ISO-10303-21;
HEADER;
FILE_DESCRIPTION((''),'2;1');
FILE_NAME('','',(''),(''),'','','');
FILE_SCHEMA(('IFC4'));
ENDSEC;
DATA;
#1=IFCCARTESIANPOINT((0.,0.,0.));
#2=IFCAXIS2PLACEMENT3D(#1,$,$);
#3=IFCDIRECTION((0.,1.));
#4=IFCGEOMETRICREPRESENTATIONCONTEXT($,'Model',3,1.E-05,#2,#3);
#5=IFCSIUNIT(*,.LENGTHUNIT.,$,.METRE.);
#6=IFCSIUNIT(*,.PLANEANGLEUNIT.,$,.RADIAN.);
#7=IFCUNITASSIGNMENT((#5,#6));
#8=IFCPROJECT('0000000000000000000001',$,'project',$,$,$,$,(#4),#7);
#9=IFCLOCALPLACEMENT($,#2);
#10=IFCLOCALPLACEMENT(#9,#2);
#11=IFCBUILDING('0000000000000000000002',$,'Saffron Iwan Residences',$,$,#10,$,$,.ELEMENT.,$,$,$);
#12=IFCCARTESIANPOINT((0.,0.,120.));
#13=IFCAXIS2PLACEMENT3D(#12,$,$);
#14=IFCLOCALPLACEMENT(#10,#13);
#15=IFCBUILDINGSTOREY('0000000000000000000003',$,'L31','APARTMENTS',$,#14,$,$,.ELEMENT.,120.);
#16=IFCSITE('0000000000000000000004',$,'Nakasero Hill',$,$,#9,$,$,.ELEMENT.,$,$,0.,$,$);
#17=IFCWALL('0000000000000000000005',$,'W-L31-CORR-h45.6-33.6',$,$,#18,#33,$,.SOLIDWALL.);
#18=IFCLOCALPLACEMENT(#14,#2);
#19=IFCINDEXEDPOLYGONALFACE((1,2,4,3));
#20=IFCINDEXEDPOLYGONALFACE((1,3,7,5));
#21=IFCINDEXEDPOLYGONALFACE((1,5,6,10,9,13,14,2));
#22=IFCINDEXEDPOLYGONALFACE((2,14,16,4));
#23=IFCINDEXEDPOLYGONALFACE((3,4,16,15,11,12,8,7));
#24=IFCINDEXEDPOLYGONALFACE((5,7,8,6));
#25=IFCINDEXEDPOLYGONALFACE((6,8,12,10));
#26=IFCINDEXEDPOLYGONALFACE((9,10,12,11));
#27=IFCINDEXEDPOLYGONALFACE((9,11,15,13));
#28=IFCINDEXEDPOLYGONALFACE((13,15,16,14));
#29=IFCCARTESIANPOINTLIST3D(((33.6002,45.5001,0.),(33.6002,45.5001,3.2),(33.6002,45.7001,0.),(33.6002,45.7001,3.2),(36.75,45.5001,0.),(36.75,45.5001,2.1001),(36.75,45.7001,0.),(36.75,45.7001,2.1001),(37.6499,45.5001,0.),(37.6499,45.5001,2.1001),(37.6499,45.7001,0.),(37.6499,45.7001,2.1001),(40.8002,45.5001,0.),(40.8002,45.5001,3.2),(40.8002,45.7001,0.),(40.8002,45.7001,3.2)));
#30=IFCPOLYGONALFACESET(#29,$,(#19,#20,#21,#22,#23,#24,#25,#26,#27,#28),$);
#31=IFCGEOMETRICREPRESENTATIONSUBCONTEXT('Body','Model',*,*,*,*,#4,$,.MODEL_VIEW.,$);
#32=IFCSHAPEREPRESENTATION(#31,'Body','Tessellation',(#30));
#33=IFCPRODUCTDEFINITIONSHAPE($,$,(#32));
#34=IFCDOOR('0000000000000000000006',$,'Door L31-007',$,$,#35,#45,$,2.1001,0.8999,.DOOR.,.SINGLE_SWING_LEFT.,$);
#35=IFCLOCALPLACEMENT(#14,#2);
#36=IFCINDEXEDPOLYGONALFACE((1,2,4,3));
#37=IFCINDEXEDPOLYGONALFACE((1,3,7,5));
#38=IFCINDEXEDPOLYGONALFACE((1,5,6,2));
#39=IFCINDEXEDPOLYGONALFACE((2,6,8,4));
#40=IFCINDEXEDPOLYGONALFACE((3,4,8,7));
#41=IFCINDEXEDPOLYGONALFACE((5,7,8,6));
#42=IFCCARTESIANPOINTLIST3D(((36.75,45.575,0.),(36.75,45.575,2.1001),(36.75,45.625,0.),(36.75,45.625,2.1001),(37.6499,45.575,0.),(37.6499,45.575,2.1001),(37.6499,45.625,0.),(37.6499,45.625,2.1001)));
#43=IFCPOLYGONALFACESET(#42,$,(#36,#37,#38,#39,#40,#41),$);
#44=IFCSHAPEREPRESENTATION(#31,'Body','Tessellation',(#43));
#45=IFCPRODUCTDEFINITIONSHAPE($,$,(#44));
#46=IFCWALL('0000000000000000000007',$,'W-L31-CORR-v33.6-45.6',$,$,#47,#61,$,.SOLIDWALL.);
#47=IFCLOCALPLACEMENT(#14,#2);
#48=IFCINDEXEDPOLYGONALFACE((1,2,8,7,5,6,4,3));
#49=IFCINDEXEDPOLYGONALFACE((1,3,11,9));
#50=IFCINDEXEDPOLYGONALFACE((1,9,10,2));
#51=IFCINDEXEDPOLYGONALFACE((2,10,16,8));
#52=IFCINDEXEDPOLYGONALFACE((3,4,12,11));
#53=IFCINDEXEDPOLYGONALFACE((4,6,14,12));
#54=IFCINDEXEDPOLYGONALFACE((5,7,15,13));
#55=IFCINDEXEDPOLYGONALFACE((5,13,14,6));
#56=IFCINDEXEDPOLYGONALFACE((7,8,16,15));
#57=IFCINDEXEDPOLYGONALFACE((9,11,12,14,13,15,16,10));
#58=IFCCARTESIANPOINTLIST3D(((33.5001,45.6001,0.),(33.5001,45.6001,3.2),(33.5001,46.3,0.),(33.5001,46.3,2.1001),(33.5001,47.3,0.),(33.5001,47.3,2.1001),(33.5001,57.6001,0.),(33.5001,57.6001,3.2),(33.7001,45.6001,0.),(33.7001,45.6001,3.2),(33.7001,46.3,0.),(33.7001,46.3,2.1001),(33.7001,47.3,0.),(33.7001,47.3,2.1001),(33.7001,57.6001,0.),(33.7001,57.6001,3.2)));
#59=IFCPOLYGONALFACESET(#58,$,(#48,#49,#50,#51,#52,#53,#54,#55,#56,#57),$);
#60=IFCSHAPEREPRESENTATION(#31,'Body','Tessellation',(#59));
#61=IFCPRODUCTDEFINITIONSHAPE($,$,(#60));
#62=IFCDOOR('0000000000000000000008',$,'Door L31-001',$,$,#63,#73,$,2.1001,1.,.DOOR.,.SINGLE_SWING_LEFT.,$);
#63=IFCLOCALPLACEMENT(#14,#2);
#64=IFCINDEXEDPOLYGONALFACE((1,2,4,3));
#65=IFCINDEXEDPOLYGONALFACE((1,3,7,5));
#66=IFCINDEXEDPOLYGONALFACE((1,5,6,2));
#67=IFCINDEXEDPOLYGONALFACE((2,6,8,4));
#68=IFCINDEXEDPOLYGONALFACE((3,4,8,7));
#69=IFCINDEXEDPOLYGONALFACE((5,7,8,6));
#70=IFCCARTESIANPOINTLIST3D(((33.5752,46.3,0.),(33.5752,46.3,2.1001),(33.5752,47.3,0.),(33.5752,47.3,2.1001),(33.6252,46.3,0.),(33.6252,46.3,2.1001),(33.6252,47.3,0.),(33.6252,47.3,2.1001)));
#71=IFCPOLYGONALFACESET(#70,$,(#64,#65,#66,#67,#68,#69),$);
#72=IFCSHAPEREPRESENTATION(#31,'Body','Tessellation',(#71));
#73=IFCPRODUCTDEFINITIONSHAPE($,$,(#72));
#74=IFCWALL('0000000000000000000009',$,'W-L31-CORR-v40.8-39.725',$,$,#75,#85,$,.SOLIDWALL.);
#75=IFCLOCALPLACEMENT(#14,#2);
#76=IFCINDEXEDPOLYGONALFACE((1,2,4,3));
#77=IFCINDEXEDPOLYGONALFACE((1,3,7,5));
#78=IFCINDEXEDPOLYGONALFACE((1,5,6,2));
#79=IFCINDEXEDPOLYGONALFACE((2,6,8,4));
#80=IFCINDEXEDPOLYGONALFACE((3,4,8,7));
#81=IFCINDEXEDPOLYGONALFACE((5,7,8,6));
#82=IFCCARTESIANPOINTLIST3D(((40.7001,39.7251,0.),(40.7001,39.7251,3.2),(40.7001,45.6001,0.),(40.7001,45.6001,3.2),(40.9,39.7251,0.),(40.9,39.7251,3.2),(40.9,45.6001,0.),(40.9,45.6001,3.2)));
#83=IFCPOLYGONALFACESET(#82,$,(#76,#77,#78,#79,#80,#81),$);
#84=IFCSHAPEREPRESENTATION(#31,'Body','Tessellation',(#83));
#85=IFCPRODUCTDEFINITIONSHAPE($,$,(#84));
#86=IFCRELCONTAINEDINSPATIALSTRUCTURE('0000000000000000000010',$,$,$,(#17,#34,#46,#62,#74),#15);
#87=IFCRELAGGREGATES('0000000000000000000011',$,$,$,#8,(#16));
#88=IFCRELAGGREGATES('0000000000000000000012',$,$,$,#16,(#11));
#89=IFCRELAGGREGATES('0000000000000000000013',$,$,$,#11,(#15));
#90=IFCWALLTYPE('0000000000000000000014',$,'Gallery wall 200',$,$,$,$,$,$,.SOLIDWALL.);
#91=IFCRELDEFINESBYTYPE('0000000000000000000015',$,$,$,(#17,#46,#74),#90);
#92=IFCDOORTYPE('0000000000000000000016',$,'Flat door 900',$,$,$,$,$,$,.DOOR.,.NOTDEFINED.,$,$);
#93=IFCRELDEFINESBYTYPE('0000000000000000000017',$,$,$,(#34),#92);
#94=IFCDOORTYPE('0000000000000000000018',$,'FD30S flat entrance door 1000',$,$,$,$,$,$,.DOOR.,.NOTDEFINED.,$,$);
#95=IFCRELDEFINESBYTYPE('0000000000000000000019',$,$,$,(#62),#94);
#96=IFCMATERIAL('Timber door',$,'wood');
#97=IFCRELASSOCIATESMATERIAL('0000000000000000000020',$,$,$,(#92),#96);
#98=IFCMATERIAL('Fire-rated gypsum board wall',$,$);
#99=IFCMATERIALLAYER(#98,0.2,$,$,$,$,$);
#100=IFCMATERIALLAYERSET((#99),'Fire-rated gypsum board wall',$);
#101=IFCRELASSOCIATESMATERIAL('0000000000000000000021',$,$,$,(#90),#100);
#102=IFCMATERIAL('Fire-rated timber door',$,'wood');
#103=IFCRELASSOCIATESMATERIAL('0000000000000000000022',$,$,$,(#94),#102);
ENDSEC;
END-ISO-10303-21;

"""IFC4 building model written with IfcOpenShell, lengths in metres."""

from ifc_helpers import new_model, si_unit, direction, frame, frame_2d, origin, place, context, subcontext, project, spatial, rectangle, extrude, material, layer, layer_set, type_object, element, fill, save


model = new_model("IFC4")

# Units and contexts
model_context = context("Model", 3, precision=1e-05, world=origin(), true_north=direction((0.0, 1.0)))
body_context = subcontext(model_context, "Body", "Model", "MODEL_VIEW")
ifc_project = project(units=[si_unit("LENGTHUNIT", "METRE"), si_unit("PLANEANGLEUNIT", "RADIAN")], contexts=[model_context])

# Site, building, storey
site_placement = place(None, origin())
site = spatial("IfcSite", under=ifc_project, at=site_placement, Name="Nakasero Hill", CompositionType="ELEMENT", RefElevation=0.0)
building_placement = place(site_placement, origin())
building = spatial("IfcBuilding", under=site, at=building_placement, Name="Saffron Iwan Residences", CompositionType="ELEMENT")
storey_placement = place(building_placement, frame((0.0, 0.0, 120.0)))
storey = spatial("IfcBuildingStorey", under=building, at=storey_placement, Name="L31", Description="APARTMENTS", CompositionType="ELEMENT", Elevation=120.0)

# Shared definitions
ifc_material_1 = material(Name="Timber door", Category="wood")
door_type_1 = type_object("IfcDoorType", Name="Flat door 900", OperationType="NOTDEFINED", PredefinedType="DOOR", material=ifc_material_1)

# Walls, openings, doors
ifc_material_2 = material(Name="Fire-rated gypsum board wall")
ifc_layer_1 = layer(ifc_material_2, 0.2)
ifc_layer_set_1 = layer_set([ifc_layer_1], Name="Fire-rated gypsum board wall")
wall_type_1 = type_object("IfcWallType", Name="Gallery wall 200", PredefinedType="SOLIDWALL", material=ifc_layer_set_1)
wall_1_placement = place(storey_placement, frame((33.6001, 45.6001, 0.0), z_axis=(0.0, 0.0, 1.0), x_axis=(1.0, 0.0, 0.0)))
wall_1 = element("IfcWall", 1, at=wall_1_placement, inside=storey, type_object=wall_type_1, Name="W-L31-CORR-h45.6-33.6", PredefinedType="SOLIDWALL", context=body_context, shape_type="SweptSolid", body=[
    extrude(rectangle(XDim=7.2, YDim=0.2, at=frame_2d((3.6001, 0.0))), origin(), (0.0, 0.0, 1.0), 3.2),
])
opening_1_placement = place(wall_1_placement, frame((3.1499, 0.0, 0.0)))
opening_1 = element("IfcOpeningElement", 2, at=opening_1_placement, cuts=wall_1, PredefinedType="OPENING", context=body_context, shape_type="SweptSolid", body=[
    extrude(rectangle(XDim=0.8999, YDim=2.1001, at=frame_2d((0.45, 1.05))), frame((0.0, 0.1099, 0.0), z_axis=(0.0, -1.0, 0.0), x_axis=(1.0, 0.0, 0.0)), (0.0, 0.0, 1.0), 0.22),
])
door_1_placement = place(opening_1_placement, origin())
door_1 = element("IfcDoor", 3, at=door_1_placement, inside=storey, type_object=door_type_1, Name="Door L31-007", OperationType="SINGLE_SWING_LEFT", OverallHeight=2.1001, OverallWidth=0.8999, PredefinedType="DOOR", context=body_context, shape_type="SweptSolid", body=[
    extrude(rectangle(XDim=0.8999, YDim=2.1001, at=frame_2d((0.45, 1.05))), frame((0.0, 0.0249, 0.0), z_axis=(0.0, -1.0, 0.0), x_axis=(1.0, 0.0, 0.0)), (0.0, 0.0, 1.0), 0.05),
])
fill(opening_1, door_1)
wall_2_placement = place(storey_placement, frame((33.6001, 45.6001, 0.0), z_axis=(0.0, 0.0, 1.0), x_axis=(0.0, 1.0, 0.0)))
wall_2 = element("IfcWall", 4, at=wall_2_placement, inside=storey, type_object=wall_type_1, Name="W-L31-CORR-v33.6-45.6", PredefinedType="SOLIDWALL", context=body_context, shape_type="SweptSolid", body=[
    extrude(rectangle(XDim=12.0, YDim=0.2, at=frame_2d((6.0, 0.0))), origin(), (0.0, 0.0, 1.0), 3.2),
])
opening_2_placement = place(wall_2_placement, frame((0.7, 0.0, 0.0)))
opening_2 = element("IfcOpeningElement", 5, at=opening_2_placement, cuts=wall_2, PredefinedType="OPENING", context=body_context, shape_type="SweptSolid", body=[
    extrude(rectangle(XDim=1.0, YDim=2.1001, at=frame_2d((0.5, 1.05))), frame((0.0, 0.1099, 0.0), z_axis=(0.0, -1.0, 0.0), x_axis=(1.0, 0.0, 0.0)), (0.0, 0.0, 1.0), 0.22),
])
ifc_material_3 = material(Name="Fire-rated timber door", Category="wood")
door_type_2 = type_object("IfcDoorType", Name="FD30S flat entrance door 1000", OperationType="NOTDEFINED", PredefinedType="DOOR", material=ifc_material_3)
door_2_placement = place(opening_2_placement, origin())
door_2 = element("IfcDoor", 6, at=door_2_placement, inside=storey, type_object=door_type_2, Name="Door L31-001", OperationType="SINGLE_SWING_LEFT", OverallHeight=2.1001, OverallWidth=1.0, PredefinedType="DOOR", context=body_context, shape_type="SweptSolid", body=[
    extrude(rectangle(XDim=1.0, YDim=2.1001, at=frame_2d((0.5, 1.05))), frame((0.0, 0.0249, 0.0), z_axis=(0.0, -1.0, 0.0), x_axis=(1.0, 0.0, 0.0)), (0.0, 0.0, 1.0), 0.05),
])
fill(opening_2, door_2)

# Wall
wall_3_placement = place(storey_placement, frame((40.8, 39.7251, 0.0), z_axis=(0.0, 0.0, 1.0), x_axis=(0.0, 1.0, 0.0)))
element("IfcWall", 7, at=wall_3_placement, inside=storey, type_object=wall_type_1, Name="W-L31-CORR-v40.8-39.725", PredefinedType="SOLIDWALL", context=body_context, shape_type="SweptSolid", body=[
    extrude(rectangle(XDim=5.875, YDim=0.2, at=frame_2d((2.9375, 0.0))), origin(), (0.0, 0.0, 1.0), 3.2),
])

save(model, "model.ifc")
